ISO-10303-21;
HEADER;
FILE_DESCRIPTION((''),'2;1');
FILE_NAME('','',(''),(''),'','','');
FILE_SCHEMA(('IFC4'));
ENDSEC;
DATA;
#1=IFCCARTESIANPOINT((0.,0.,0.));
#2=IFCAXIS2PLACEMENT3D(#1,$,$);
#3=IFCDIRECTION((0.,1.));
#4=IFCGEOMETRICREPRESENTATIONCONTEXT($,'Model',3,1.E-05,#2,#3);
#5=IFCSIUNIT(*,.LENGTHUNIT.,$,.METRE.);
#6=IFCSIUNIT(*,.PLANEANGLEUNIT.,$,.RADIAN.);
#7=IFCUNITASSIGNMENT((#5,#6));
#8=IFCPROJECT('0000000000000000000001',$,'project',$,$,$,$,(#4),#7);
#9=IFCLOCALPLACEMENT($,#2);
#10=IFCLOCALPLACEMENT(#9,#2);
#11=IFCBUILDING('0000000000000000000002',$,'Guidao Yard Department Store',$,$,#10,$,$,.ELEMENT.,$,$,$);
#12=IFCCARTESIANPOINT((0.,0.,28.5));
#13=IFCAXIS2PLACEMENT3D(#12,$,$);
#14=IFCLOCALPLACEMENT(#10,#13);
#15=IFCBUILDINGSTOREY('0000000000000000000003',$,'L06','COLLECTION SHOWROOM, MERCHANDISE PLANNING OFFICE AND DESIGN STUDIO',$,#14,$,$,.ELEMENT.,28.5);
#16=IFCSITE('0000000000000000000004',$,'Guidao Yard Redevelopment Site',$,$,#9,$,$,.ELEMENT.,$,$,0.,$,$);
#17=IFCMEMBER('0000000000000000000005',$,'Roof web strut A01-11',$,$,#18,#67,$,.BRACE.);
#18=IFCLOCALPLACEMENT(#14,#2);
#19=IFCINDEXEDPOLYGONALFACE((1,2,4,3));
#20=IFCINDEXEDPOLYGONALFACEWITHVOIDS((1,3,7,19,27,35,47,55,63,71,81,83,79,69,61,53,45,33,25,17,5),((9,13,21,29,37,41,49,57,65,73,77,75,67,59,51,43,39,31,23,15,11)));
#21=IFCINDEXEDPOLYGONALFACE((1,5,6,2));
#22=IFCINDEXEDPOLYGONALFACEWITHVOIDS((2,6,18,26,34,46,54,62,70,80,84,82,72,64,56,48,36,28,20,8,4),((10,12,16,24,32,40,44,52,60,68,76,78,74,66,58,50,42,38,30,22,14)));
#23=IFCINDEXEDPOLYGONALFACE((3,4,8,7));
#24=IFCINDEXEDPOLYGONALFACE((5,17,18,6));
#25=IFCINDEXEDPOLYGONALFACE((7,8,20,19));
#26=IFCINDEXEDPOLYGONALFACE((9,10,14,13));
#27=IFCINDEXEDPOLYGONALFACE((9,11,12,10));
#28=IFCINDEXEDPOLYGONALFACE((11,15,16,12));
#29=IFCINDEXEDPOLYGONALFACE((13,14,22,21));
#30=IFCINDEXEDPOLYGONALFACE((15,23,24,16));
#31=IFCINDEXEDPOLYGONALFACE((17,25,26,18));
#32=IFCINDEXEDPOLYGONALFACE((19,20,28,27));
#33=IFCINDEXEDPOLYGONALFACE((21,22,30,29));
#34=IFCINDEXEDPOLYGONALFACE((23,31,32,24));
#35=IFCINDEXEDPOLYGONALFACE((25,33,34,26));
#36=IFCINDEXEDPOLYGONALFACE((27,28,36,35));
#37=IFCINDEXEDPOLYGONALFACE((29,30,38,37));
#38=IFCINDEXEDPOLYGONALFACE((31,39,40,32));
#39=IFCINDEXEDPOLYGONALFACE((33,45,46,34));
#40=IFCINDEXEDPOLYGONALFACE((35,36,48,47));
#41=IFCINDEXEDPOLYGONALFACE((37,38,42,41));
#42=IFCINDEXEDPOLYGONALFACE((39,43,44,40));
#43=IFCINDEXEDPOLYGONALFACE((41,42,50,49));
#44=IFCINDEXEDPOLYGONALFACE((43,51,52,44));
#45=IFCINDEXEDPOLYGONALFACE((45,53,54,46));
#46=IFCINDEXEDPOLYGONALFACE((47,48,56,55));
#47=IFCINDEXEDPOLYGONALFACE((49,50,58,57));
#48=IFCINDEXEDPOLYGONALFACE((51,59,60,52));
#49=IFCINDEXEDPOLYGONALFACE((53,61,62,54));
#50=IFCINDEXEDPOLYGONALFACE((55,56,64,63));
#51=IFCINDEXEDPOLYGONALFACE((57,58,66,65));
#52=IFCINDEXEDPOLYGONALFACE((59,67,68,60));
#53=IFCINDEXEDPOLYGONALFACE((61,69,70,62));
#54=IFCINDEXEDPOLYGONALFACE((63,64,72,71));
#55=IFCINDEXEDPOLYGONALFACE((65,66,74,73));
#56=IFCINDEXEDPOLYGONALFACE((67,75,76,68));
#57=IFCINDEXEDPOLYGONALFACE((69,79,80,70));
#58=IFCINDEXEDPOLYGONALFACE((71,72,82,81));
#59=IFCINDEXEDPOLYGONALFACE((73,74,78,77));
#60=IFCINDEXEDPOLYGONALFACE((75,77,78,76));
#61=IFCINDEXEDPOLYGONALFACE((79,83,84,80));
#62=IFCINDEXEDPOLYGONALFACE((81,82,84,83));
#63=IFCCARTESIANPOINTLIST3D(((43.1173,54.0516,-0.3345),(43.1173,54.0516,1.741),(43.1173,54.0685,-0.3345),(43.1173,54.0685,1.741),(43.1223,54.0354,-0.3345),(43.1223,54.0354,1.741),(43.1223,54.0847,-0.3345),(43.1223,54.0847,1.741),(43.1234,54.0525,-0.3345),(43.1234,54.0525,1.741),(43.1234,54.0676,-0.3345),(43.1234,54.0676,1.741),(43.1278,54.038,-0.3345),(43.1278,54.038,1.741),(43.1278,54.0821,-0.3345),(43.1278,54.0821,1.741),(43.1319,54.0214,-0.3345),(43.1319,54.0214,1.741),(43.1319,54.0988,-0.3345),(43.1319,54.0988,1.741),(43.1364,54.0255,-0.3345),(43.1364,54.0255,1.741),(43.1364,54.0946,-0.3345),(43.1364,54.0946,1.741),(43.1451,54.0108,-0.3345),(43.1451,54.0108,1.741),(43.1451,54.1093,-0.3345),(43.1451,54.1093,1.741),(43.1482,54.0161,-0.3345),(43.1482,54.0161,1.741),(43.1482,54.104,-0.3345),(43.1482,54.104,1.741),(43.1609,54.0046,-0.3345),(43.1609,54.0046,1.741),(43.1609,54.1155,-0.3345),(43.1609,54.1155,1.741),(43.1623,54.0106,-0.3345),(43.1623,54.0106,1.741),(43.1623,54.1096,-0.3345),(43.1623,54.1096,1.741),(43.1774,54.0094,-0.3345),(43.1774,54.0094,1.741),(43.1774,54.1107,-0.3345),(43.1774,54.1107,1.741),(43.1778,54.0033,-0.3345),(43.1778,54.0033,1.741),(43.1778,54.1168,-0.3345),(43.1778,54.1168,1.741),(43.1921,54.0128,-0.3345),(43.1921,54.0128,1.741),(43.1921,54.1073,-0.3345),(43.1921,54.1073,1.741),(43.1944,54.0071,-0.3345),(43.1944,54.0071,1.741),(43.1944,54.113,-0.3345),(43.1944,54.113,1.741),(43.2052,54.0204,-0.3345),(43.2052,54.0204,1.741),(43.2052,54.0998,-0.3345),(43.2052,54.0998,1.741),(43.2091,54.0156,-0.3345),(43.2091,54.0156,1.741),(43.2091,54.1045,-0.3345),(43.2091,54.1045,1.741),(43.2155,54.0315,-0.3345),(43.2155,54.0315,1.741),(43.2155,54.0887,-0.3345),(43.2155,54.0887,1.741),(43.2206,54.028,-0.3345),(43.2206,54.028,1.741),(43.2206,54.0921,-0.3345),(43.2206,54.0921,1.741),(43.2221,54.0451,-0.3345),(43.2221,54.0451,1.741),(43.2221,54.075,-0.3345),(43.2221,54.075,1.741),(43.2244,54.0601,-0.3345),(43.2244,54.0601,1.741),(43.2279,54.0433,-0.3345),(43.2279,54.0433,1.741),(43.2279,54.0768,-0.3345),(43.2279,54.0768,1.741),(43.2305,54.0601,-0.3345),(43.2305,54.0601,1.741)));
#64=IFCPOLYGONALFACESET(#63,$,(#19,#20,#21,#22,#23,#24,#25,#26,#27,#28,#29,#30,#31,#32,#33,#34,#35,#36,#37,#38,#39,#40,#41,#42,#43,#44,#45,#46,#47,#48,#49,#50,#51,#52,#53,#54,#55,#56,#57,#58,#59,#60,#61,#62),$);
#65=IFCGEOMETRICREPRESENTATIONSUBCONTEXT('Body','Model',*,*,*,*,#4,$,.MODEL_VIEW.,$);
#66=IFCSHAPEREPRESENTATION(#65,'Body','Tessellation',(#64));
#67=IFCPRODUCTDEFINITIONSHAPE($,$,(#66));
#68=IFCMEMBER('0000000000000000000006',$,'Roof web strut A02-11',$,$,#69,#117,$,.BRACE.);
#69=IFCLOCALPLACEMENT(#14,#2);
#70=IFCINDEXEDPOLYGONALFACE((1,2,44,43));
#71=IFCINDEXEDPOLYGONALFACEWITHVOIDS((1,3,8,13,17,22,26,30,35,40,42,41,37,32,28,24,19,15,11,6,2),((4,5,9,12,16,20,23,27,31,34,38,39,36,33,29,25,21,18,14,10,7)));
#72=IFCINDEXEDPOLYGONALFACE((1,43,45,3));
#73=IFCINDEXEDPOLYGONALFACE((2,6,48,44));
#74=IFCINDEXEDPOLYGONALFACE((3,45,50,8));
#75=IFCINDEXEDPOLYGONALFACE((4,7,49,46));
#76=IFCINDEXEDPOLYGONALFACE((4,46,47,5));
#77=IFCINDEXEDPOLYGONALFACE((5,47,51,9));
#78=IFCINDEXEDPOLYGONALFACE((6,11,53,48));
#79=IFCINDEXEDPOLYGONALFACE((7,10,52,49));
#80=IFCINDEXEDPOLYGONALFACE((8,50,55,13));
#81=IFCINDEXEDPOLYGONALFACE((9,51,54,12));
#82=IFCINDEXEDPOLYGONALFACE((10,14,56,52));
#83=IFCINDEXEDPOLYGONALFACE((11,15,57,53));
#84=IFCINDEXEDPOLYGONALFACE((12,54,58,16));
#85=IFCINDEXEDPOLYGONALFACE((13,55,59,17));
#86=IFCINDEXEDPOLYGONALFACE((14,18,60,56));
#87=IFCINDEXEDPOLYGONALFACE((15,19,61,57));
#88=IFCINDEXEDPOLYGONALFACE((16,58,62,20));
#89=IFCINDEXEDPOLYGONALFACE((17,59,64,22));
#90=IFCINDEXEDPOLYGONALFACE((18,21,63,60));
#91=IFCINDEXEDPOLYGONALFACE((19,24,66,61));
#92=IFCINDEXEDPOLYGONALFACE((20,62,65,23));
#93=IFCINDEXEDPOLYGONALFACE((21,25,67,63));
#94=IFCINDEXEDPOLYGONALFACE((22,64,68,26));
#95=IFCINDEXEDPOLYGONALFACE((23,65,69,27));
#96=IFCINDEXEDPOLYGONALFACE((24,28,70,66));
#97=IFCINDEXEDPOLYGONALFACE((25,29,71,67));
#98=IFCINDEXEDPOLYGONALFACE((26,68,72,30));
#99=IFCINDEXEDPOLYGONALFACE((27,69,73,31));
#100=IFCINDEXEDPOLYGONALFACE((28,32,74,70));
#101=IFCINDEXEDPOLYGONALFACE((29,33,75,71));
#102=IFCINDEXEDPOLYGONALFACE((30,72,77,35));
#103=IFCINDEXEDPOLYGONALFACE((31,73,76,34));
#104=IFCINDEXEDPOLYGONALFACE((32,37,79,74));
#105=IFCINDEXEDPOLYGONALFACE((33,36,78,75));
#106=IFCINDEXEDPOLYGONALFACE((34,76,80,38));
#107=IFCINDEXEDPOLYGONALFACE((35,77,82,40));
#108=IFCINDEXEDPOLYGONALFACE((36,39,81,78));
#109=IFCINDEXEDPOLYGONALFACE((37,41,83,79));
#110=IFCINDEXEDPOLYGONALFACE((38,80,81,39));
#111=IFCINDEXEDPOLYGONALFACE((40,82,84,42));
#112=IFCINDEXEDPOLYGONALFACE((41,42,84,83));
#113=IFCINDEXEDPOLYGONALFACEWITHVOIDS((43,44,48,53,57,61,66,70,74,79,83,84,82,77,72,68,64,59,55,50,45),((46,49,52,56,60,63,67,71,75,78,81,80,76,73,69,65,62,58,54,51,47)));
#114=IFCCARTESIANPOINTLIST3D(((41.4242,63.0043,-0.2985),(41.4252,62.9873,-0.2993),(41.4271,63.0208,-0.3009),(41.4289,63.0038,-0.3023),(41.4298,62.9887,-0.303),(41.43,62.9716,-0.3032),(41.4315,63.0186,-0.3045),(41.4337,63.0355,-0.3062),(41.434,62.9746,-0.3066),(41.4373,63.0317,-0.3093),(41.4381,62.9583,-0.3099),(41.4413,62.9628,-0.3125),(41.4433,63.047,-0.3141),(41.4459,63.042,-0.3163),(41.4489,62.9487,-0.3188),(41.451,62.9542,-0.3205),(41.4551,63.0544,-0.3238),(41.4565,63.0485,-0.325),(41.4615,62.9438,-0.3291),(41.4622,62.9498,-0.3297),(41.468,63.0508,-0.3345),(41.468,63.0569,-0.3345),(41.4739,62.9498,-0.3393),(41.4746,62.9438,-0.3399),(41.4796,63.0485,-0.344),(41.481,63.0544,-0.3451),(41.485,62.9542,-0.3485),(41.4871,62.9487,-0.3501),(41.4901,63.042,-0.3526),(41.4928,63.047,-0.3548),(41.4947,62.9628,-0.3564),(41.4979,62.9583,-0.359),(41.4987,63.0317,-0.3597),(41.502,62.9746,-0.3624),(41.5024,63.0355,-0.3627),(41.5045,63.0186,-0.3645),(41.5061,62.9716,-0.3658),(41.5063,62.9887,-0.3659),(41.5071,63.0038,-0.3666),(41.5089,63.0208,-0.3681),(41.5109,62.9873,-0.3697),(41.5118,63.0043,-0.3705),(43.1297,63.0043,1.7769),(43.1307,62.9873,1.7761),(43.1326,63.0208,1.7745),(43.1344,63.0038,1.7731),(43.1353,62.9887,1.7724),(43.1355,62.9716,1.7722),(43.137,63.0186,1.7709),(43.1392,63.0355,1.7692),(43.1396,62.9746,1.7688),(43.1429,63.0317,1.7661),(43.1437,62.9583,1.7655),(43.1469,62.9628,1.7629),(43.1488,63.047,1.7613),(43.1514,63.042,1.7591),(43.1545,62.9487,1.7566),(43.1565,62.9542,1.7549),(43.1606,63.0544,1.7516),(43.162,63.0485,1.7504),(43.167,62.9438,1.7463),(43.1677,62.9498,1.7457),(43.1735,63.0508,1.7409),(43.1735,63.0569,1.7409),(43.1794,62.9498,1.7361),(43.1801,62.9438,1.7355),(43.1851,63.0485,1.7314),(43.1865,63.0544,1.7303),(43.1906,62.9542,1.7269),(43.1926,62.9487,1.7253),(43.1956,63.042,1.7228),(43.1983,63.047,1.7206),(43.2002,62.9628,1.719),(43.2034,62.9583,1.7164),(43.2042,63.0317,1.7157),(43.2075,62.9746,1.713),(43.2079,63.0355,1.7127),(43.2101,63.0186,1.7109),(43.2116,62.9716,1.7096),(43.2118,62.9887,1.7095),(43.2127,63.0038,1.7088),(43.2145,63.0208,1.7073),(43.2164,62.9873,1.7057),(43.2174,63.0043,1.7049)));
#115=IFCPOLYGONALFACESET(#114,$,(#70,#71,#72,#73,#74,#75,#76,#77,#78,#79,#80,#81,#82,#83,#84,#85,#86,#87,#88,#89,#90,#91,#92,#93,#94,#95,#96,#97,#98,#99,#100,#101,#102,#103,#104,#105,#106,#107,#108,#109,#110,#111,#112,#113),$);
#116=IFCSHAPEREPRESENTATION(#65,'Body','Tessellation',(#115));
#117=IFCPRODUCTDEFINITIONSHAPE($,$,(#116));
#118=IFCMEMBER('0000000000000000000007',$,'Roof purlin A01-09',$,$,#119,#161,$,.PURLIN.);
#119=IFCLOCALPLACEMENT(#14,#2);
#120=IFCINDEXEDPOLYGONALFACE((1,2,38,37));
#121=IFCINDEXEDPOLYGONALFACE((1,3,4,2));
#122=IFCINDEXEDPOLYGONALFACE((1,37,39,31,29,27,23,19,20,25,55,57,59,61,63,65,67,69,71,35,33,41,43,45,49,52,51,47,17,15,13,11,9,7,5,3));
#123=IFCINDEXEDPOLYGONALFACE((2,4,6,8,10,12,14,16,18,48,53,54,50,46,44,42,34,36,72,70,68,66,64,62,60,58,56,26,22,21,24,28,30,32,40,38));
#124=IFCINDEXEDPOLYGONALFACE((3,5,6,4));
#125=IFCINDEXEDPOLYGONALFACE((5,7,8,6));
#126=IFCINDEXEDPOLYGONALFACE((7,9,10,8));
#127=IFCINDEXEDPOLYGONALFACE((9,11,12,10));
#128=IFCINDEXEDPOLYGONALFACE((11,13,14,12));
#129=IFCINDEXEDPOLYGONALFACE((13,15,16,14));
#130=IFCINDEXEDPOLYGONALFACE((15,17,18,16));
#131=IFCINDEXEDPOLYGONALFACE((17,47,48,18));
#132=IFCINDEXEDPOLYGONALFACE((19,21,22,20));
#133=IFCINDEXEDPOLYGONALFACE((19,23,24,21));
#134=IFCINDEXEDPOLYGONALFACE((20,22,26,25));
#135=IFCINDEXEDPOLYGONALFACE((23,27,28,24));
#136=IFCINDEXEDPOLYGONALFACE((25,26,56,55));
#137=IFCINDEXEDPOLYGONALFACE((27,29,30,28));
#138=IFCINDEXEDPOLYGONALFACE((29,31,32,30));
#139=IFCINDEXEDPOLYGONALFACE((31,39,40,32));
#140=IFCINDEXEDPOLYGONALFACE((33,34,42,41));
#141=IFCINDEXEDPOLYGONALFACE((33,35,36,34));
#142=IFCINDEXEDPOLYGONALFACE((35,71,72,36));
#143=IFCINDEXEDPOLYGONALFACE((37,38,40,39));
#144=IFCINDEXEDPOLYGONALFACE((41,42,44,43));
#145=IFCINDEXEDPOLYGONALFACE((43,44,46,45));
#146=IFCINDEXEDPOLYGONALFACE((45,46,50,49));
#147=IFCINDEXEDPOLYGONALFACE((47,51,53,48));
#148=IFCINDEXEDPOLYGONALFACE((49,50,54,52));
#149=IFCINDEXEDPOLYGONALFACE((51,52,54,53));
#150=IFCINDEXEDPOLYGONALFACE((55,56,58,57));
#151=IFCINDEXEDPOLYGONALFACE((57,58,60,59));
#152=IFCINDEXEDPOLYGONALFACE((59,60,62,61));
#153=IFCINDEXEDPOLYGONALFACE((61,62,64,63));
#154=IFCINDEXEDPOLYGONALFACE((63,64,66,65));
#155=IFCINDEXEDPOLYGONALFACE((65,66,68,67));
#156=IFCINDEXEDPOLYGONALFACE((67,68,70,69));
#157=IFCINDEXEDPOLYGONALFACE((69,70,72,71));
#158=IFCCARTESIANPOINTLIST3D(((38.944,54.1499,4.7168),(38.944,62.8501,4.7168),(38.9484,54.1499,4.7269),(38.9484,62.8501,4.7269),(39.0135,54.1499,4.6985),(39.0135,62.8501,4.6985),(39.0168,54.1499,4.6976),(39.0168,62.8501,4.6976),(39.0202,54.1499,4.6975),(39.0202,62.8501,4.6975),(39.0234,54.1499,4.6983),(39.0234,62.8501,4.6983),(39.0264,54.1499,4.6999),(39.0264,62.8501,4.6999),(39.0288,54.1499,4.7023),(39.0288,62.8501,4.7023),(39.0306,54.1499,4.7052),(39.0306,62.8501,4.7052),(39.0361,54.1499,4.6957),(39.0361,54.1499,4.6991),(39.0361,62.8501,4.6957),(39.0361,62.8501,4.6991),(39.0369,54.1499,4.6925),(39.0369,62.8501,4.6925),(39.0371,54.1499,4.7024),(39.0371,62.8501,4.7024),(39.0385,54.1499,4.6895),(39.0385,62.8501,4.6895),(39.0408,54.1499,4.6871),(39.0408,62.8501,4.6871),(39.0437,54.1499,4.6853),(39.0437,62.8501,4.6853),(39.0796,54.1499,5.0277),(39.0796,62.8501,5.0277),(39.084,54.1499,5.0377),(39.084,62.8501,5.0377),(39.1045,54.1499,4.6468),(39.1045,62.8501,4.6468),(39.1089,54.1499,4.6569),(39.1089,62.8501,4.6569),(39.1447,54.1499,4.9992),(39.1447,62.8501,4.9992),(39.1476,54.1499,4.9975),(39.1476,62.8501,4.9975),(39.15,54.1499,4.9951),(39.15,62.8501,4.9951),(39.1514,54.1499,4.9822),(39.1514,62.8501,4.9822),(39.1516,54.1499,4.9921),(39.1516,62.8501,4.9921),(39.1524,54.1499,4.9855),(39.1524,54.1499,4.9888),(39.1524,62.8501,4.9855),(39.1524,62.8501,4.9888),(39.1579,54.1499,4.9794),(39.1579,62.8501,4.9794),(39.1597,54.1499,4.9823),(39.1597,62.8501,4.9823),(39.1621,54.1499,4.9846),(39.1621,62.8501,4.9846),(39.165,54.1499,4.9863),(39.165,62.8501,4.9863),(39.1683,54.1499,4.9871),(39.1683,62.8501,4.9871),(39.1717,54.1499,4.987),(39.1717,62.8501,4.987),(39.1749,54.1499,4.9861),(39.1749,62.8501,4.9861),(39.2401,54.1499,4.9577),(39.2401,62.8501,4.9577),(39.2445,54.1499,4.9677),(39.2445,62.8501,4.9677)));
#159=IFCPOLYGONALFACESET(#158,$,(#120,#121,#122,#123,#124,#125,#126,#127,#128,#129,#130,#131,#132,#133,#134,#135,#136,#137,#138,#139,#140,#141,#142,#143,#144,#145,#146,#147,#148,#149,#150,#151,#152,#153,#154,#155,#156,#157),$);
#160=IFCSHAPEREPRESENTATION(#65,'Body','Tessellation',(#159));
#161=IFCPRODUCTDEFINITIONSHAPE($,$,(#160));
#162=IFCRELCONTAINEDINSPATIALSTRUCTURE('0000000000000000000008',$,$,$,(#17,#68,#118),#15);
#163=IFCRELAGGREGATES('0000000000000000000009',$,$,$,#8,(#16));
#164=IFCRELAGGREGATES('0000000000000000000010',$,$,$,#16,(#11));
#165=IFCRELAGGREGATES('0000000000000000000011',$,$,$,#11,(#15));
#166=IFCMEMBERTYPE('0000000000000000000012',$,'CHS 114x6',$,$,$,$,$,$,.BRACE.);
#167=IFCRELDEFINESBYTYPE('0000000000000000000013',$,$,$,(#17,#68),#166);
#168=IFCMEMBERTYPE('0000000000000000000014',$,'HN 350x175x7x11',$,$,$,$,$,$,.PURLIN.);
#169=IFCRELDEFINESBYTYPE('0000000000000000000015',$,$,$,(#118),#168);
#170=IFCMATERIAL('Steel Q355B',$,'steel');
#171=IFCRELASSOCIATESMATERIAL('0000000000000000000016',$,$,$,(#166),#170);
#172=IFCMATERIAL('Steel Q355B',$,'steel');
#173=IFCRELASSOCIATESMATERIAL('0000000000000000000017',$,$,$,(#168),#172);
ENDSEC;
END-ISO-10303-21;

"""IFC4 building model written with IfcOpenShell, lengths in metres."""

from ifc_helpers import new_model, si_unit, direction, frame, origin, origin_2d, place, context, subcontext, project, spatial, hollow_circle, i_section, extrude, material, material_profile, profile_set, type_object, element, save


model = new_model("IFC4")

# Units and contexts
model_context = context("Model", 3, precision=1e-05, world=origin(), true_north=direction((0.0, 1.0)))
body_context = subcontext(model_context, "Body", "Model", "MODEL_VIEW")
ifc_project = project(units=[si_unit("LENGTHUNIT", "METRE"), si_unit("PLANEANGLEUNIT", "RADIAN")], contexts=[model_context])

# Site, building, storey
site_placement = place(None, origin())
site = spatial("IfcSite", under=ifc_project, at=site_placement, Name="Guidao Yard Redevelopment Site", CompositionType="ELEMENT", RefElevation=0.0)
building_placement = place(site_placement, origin())
building = spatial("IfcBuilding", under=site, at=building_placement, Name="Guidao Yard Department Store", CompositionType="ELEMENT")
storey_placement = place(building_placement, frame((0.0, 0.0, 28.5)))
storey = spatial("IfcBuildingStorey", under=building, at=storey_placement, Name="L06", Description="COLLECTION SHOWROOM, MERCHANDISE PLANNING OFFICE AND DESIGN STUDIO", CompositionType="ELEMENT", Elevation=28.5)

# Members
ifc_material_1 = material(Name="Steel Q355B", Category="steel")
ifc_material_profile_1 = material_profile(ifc_material_1, hollow_circle(Radius=0.0569, WallThickness=0.0061, at=origin_2d()), Name="CHS 114x6")
ifc_profile_set_1 = profile_set([ifc_material_profile_1], Name="Steel Q355B")
member_type_1 = type_object("IfcMemberType", Name="CHS 114x6", PredefinedType="BRACE", material=ifc_profile_set_1)
member_1_placement = place(storey_placement, frame((43.1736, 54.0601, -0.3345), z_axis=(0.0, 0.0, 1.0), x_axis=(1.0, 0.0, 0.0)))
element("IfcMember", 1, at=member_1_placement, inside=storey, type_object=member_type_1, Name="Roof web strut A01-11", PredefinedType="BRACE", context=body_context, shape_type="SweptSolid", body=[
    extrude(hollow_circle(Radius=0.0569, WallThickness=0.0061, at=origin_2d()), origin(), (0.0, 0.0, 1.0), 2.0754),
])
member_2_placement = place(storey_placement, frame((41.468, 63.0, -0.3345), z_axis=(0.634904, 0.0, 0.772591), x_axis=(0.0, 1.0, 0.0)))
element("IfcMember", 2, at=member_2_placement, inside=storey, type_object=member_type_1, Name="Roof web strut A02-11", PredefinedType="BRACE", context=body_context, shape_type="SweptSolid", body=[
    extrude(hollow_circle(Radius=0.0569, WallThickness=0.0061, at=origin_2d()), origin(), (0.0, 0.0, 1.0), 2.6863),
])
ifc_material_2 = material(Name="Steel Q355B", Category="steel")
ifc_material_profile_2 = material_profile(ifc_material_2, i_section(OverallWidth=0.175, OverallDepth=0.3501, WebThickness=0.0071, FlangeThickness=0.011, FilletRadius=0.0129, at=origin_2d()), Name="HN 350x175x7x11")
ifc_profile_set_2 = profile_set([ifc_material_profile_2], Name="Steel Q355B")
member_type_2 = type_object("IfcMemberType", Name="HN 350x175x7x11", PredefinedType="PURLIN", material=ifc_profile_set_2)
for number, where, z_axis, x_axis, name in (
    (3, (39.0942, 54.1499, 4.8423), (0.0, 1.0, 0.0), (-0.916571, 0.0, 0.399871), "Roof purlin A01-09"),
):
    element("IfcMember", number, at=place(storey_placement, frame(where, z_axis=z_axis, x_axis=x_axis)), inside=storey, type_object=member_type_2, Name=name, PredefinedType="PURLIN", context=body_context, shape_type="SweptSolid", body=[
        extrude(i_section(OverallWidth=0.175, OverallDepth=0.3501, WebThickness=0.0071, FlangeThickness=0.011, FilletRadius=0.0129, at=origin_2d()), origin(), (0.0, 0.0, 1.0), 8.7002),
    ])

save(model, "model.ifc")
